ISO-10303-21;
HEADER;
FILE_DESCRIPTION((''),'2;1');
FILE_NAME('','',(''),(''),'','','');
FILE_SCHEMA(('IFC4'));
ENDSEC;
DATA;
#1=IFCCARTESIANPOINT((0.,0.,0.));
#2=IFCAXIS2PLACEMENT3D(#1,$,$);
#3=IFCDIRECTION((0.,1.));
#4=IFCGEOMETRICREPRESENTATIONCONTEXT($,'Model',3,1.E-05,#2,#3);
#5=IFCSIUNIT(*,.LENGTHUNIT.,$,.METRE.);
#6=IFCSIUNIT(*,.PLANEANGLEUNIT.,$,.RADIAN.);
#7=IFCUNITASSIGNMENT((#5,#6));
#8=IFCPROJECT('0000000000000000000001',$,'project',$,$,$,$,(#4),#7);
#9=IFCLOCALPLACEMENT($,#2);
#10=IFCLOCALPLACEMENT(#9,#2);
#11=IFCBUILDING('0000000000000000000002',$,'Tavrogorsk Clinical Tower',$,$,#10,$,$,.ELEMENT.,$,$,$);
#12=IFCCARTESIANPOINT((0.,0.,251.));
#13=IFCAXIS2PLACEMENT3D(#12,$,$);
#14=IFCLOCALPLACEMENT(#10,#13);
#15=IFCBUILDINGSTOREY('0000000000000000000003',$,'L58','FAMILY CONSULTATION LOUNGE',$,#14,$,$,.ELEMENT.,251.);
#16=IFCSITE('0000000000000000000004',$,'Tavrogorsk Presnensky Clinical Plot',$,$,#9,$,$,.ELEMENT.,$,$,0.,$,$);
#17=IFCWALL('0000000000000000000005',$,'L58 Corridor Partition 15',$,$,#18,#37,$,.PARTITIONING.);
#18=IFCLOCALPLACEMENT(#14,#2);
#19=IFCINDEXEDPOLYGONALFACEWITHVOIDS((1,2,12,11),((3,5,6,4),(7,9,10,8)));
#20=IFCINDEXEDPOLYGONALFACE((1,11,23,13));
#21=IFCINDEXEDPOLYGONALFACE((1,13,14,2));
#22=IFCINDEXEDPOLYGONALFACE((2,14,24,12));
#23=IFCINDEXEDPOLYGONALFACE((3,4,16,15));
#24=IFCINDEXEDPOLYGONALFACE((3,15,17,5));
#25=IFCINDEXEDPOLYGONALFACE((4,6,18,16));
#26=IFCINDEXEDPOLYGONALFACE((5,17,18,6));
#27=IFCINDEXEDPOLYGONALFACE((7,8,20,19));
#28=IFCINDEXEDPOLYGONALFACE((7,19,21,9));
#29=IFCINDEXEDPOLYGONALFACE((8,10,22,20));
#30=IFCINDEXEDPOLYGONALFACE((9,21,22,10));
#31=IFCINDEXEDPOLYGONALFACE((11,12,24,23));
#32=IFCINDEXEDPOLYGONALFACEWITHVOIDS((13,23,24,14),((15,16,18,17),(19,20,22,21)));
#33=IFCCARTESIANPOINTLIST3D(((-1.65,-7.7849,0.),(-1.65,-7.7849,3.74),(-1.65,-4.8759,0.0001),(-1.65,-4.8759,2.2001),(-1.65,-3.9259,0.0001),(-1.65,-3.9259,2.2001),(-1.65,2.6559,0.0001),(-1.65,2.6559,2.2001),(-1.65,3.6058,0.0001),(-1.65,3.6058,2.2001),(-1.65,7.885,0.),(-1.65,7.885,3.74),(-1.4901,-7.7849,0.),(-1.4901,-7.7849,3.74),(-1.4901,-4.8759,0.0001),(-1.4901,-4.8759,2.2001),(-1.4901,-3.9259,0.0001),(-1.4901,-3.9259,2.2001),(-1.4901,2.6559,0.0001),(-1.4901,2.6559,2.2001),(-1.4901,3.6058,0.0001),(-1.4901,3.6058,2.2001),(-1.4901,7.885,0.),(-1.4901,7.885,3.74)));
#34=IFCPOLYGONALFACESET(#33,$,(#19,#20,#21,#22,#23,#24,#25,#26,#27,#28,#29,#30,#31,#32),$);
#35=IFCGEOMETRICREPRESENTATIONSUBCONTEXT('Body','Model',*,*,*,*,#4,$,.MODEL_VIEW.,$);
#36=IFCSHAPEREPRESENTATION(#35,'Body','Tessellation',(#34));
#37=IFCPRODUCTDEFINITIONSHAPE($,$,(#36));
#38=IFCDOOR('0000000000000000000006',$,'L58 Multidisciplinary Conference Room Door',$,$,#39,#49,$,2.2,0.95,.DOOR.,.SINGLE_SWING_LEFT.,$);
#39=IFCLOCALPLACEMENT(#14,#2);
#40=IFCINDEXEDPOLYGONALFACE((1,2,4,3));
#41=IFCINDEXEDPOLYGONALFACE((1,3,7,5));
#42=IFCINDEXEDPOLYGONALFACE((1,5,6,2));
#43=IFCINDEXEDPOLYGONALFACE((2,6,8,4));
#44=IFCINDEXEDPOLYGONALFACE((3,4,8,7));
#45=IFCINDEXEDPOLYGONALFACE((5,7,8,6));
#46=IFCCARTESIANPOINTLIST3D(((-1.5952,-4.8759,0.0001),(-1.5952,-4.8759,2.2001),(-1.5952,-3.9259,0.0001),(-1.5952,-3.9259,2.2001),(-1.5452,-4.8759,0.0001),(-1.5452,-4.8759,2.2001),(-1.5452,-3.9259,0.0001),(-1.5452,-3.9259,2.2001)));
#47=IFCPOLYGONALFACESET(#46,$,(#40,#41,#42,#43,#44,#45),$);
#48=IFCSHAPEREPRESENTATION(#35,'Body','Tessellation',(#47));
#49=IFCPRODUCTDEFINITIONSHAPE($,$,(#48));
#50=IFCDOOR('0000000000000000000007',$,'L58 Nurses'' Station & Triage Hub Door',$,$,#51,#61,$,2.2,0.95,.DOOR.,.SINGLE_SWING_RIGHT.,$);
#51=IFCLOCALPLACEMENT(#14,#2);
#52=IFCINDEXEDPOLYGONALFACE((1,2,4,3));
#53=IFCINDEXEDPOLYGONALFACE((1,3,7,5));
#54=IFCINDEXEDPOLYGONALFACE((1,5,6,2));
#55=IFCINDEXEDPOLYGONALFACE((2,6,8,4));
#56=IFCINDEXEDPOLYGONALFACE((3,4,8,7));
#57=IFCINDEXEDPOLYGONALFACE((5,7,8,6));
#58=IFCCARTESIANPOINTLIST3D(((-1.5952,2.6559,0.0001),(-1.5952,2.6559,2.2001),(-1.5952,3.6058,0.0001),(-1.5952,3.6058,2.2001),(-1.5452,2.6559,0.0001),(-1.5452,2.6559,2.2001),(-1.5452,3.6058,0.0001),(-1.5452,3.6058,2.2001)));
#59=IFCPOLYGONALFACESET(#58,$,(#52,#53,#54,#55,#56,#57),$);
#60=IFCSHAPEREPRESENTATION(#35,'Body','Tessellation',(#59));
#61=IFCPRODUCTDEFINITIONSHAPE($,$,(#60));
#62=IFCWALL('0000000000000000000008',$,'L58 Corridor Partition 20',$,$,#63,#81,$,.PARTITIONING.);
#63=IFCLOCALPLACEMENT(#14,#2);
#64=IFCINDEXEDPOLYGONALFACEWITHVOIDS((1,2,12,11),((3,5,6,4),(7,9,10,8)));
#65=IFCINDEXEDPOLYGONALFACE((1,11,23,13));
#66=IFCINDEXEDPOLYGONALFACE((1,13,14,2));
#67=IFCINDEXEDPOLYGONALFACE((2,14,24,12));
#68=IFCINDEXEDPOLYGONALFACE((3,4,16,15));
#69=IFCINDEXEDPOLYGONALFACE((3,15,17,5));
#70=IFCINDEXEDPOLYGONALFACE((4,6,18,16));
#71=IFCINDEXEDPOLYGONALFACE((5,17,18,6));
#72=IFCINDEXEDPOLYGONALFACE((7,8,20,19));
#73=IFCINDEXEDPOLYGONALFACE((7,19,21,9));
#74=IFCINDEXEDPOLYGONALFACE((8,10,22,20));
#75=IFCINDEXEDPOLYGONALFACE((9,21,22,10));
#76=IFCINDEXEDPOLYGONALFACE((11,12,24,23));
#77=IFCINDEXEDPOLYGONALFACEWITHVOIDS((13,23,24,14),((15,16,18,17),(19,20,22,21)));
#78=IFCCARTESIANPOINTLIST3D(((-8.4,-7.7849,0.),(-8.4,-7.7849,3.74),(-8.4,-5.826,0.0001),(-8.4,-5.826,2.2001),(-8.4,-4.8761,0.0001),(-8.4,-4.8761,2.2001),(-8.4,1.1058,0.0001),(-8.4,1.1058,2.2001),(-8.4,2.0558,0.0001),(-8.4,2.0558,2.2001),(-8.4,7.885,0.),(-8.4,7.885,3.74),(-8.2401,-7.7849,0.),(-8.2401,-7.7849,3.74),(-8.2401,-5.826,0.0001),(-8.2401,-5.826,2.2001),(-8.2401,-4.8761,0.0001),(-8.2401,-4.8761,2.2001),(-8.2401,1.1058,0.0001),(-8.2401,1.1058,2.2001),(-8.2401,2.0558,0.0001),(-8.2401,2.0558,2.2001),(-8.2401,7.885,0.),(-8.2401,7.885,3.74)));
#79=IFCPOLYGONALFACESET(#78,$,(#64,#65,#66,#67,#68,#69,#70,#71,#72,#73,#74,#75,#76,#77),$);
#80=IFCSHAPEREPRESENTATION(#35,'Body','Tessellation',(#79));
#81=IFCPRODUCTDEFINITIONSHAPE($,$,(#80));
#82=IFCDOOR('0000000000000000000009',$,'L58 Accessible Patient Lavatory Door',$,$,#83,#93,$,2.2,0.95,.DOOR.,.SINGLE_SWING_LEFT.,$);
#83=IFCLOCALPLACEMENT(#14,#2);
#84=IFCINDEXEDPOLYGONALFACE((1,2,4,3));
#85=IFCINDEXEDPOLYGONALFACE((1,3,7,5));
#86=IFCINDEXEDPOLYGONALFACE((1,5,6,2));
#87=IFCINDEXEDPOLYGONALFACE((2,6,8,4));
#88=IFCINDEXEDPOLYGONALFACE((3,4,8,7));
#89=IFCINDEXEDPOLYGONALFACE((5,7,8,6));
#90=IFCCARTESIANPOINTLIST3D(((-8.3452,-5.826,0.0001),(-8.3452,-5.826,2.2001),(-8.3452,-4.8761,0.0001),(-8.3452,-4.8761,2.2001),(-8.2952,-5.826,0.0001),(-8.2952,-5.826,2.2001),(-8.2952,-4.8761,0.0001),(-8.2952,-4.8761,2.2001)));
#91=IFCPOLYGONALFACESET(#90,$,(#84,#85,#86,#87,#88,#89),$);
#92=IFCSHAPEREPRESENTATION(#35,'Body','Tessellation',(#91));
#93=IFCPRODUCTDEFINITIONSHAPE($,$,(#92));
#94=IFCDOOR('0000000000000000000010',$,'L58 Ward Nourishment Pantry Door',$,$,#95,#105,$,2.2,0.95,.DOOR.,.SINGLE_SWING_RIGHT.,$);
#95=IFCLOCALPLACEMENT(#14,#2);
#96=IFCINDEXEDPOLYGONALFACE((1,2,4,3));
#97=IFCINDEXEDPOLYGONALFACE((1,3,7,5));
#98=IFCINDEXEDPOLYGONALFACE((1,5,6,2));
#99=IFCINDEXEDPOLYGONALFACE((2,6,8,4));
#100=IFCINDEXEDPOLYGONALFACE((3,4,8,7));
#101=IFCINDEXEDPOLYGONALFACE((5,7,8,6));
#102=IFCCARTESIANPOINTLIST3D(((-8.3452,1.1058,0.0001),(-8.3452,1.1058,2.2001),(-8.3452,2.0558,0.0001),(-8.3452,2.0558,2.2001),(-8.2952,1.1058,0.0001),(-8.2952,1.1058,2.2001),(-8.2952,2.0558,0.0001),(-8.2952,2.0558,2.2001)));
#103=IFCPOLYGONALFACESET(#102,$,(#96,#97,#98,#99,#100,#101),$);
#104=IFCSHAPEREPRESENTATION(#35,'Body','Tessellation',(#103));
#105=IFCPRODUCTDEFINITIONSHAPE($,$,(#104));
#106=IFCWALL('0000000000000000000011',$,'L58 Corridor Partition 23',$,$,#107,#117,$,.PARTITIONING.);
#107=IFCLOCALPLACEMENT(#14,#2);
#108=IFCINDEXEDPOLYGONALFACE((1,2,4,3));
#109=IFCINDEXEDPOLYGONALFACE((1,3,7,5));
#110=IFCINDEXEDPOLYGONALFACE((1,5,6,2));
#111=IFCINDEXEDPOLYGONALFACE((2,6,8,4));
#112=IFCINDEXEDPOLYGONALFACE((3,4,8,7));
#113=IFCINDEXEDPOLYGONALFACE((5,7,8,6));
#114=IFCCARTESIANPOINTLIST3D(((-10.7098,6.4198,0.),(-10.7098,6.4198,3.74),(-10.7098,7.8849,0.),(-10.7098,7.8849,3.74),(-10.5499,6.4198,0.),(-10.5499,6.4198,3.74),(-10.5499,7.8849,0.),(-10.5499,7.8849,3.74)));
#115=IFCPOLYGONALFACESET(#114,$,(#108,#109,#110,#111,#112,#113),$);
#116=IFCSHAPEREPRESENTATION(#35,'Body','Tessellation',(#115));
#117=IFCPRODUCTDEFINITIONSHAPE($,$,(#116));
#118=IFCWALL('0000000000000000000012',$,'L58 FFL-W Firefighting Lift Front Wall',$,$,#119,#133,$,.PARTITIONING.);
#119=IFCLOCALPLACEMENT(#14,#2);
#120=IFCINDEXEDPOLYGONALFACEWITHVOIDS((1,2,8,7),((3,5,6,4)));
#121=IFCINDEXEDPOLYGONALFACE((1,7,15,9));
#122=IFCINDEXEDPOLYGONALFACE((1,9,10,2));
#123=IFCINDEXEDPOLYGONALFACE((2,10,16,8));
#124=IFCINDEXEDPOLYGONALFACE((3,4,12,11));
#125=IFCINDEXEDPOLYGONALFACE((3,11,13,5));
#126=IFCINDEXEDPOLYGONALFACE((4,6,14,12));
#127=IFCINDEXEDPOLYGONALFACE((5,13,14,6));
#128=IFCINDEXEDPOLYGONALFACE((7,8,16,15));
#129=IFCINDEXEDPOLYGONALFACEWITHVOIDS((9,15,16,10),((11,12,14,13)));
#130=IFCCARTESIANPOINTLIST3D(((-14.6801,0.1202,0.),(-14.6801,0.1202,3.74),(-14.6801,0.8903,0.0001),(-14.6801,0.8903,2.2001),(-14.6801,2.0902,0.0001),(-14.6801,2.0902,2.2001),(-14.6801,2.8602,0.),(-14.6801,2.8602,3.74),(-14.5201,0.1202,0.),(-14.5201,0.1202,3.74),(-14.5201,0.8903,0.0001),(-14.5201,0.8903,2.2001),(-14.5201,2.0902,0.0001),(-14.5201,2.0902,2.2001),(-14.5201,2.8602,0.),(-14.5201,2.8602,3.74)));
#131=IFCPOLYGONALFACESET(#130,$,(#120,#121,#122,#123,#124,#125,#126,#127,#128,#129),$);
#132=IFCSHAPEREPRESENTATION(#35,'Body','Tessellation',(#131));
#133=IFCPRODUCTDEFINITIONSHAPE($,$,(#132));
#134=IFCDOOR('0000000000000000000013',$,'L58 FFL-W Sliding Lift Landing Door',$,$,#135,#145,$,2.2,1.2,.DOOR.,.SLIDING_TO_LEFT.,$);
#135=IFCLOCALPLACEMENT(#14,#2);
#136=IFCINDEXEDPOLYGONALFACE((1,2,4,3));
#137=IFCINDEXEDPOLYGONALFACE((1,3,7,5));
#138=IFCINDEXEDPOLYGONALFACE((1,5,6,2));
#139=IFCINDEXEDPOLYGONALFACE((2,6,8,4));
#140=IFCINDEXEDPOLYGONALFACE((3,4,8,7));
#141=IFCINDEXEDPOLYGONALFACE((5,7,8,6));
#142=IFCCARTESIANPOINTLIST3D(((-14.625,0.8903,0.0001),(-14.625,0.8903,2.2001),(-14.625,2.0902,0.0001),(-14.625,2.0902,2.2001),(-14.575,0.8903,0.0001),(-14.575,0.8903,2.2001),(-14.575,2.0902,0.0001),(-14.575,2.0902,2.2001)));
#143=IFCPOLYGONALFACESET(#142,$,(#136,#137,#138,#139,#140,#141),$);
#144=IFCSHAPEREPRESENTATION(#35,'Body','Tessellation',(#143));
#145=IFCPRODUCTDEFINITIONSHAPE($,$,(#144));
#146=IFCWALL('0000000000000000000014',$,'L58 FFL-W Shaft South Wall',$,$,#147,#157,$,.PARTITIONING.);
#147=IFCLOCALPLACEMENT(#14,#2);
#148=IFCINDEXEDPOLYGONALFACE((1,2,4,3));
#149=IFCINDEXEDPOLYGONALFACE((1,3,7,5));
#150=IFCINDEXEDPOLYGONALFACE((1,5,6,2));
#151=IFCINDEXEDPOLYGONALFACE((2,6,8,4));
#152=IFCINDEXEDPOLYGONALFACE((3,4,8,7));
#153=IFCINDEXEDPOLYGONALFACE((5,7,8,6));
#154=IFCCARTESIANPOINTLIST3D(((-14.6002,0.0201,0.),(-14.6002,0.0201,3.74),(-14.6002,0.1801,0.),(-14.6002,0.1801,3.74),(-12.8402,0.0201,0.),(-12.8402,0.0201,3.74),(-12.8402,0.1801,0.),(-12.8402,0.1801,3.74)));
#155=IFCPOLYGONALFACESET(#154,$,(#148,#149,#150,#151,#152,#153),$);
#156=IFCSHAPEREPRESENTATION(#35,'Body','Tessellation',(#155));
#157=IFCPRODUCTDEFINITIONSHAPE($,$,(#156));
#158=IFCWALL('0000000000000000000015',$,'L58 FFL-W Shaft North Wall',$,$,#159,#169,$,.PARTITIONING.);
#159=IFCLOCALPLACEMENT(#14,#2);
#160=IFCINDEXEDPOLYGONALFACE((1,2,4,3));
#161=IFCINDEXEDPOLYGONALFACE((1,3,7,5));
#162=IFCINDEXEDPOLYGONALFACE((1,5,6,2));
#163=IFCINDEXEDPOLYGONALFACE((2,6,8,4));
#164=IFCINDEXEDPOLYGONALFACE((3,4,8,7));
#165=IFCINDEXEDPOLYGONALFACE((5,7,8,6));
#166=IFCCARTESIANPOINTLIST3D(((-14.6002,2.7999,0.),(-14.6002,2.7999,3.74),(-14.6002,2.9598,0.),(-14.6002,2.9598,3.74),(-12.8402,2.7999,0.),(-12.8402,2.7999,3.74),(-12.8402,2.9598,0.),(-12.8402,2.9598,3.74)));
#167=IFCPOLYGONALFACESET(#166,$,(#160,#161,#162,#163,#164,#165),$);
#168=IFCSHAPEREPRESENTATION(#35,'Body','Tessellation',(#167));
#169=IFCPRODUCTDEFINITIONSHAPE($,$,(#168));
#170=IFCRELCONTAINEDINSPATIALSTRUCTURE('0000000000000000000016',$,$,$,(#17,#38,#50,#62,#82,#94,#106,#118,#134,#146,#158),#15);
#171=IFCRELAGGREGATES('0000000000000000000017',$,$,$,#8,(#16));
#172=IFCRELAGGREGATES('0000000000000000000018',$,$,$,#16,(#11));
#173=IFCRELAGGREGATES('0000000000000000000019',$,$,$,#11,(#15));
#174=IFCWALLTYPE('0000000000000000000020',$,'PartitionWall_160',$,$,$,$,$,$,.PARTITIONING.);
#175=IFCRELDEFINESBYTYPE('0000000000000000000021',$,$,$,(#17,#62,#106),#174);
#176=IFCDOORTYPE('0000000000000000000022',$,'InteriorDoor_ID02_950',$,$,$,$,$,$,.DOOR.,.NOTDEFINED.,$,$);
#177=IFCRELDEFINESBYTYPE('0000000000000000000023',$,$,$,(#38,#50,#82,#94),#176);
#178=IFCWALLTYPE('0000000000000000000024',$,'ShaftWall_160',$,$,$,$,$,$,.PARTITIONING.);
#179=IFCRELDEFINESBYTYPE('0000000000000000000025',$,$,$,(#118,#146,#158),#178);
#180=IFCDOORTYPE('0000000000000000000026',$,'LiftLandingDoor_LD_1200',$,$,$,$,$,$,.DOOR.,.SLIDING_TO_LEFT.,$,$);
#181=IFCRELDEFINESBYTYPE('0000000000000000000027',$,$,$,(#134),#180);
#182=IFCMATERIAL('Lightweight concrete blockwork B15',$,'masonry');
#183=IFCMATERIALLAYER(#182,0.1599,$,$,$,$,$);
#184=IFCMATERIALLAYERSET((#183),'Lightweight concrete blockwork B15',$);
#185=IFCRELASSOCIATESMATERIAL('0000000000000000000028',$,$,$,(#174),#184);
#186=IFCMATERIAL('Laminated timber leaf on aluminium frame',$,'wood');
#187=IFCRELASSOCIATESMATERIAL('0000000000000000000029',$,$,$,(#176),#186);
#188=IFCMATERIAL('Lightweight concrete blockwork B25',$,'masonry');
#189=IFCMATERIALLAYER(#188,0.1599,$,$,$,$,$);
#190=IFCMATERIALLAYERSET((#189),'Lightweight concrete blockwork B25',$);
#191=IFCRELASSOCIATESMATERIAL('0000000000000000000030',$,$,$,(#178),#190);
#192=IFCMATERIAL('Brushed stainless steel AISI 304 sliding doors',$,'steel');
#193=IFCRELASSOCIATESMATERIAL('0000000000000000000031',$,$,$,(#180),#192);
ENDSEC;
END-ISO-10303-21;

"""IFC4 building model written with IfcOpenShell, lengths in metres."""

from ifc_helpers import new_model, si_unit, direction, frame, frame_2d, origin, place, context, subcontext, project, spatial, rectangle, extrude, material, layer, layer_set, type_object, element, fill, save


model = new_model("IFC4")

# Units and contexts
model_context = context("Model", 3, precision=1e-05, world=origin(), true_north=direction((0.0, 1.0)))
body_context = subcontext(model_context, "Body", "Model", "MODEL_VIEW")
ifc_project = project(units=[si_unit("LENGTHUNIT", "METRE"), si_unit("PLANEANGLEUNIT", "RADIAN")], contexts=[model_context])

# Site, building, storey
site_placement = place(None, origin())
site = spatial("IfcSite", under=ifc_project, at=site_placement, Name="Tavrogorsk Presnensky Clinical Plot", CompositionType="ELEMENT", RefElevation=0.0)
building_placement = place(site_placement, origin())
building = spatial("IfcBuilding", under=site, at=building_placement, Name="Tavrogorsk Clinical Tower", CompositionType="ELEMENT")
storey_placement = place(building_placement, frame((0.0, 0.0, 251.0)))
storey = spatial("IfcBuildingStorey", under=building, at=storey_placement, Name="L58", Description="FAMILY CONSULTATION LOUNGE", CompositionType="ELEMENT", Elevation=251.0)

# Shared definitions
ifc_material_1 = material(Name="Lightweight concrete blockwork B15", Category="masonry")
ifc_layer_1 = layer(ifc_material_1, 0.1599)
ifc_layer_set_1 = layer_set([ifc_layer_1], Name="Lightweight concrete blockwork B15")
wall_type_1 = type_object("IfcWallType", Name="PartitionWall_160", PredefinedType="PARTITIONING", material=ifc_layer_set_1)
ifc_material_2 = material(Name="Laminated timber leaf on aluminium frame", Category="wood")
door_type_1 = type_object("IfcDoorType", Name="InteriorDoor_ID02_950", OperationType="NOTDEFINED", PredefinedType="DOOR", material=ifc_material_2)

# Walls, openings, doors
wall_1_placement = place(storey_placement, frame((-1.5701, 7.885, 0.0), z_axis=(0.0, 0.0, 1.0), x_axis=(0.0, -1.0, 0.0)))
wall_1 = element("IfcWall", 1, at=wall_1_placement, inside=storey, type_object=wall_type_1, Name="L58 Corridor Partition 15", PredefinedType="PARTITIONING", context=body_context, shape_type="SweptSolid", body=[
    extrude(rectangle(XDim=15.6699, YDim=0.1599, at=frame_2d((7.835, 0.0))), origin(), (0.0, 0.0, 1.0), 3.74),
])
opening_1_placement = place(wall_1_placement, frame((11.8108, 0.0, 0.0)))
opening_1 = element("IfcOpeningElement", 2, at=opening_1_placement, cuts=wall_1, PredefinedType="OPENING", context=body_context, shape_type="SweptSolid", body=[
    extrude(rectangle(XDim=0.95, YDim=2.2, at=frame_2d((0.4751, 1.1001))), frame((0.0, 0.0898, 0.0), z_axis=(0.0, -1.0, 0.0), x_axis=(1.0, 0.0, 0.0)), (0.0, 0.0, 1.0), 0.1799),
])
opening_2_placement = place(wall_1_placement, frame((4.2791, 0.0, 0.0)))
opening_2 = element("IfcOpeningElement", 3, at=opening_2_placement, cuts=wall_1, PredefinedType="OPENING", context=body_context, shape_type="SweptSolid", body=[
    extrude(rectangle(XDim=0.95, YDim=2.2, at=frame_2d((0.4751, 1.1001))), frame((0.0, 0.0898, 0.0), z_axis=(0.0, -1.0, 0.0), x_axis=(1.0, 0.0, 0.0)), (0.0, 0.0, 1.0), 0.1799),
])
door_1_placement = place(opening_1_placement, origin())
door_1 = element("IfcDoor", 4, at=door_1_placement, inside=storey, type_object=door_type_1, Name="L58 Multidisciplinary Conference Room Door", OperationType="SINGLE_SWING_LEFT", OverallHeight=2.2, OverallWidth=0.95, PredefinedType="DOOR", context=body_context, shape_type="SweptSolid", body=[
    extrude(rectangle(XDim=0.95, YDim=2.2, at=frame_2d((0.4751, 1.1001))), frame((0.0, 0.0249, 0.0), z_axis=(0.0, -1.0, 0.0), x_axis=(1.0, 0.0, 0.0)), (0.0, 0.0, 1.0), 0.05),
])
fill(opening_1, door_1)
door_2_placement = place(opening_2_placement, origin())
door_2 = element("IfcDoor", 5, at=door_2_placement, inside=storey, type_object=door_type_1, Name="L58 Nurses' Station & Triage Hub Door", OperationType="SINGLE_SWING_RIGHT", OverallHeight=2.2, OverallWidth=0.95, PredefinedType="DOOR", context=body_context, shape_type="SweptSolid", body=[
    extrude(rectangle(XDim=0.95, YDim=2.2, at=frame_2d((0.4751, 1.1001))), frame((0.0, 0.0249, 0.0), z_axis=(0.0, -1.0, 0.0), x_axis=(1.0, 0.0, 0.0)), (0.0, 0.0, 1.0), 0.05),
])
fill(opening_2, door_2)
wall_2_placement = place(storey_placement, frame((-8.3201, 7.885, 0.0), z_axis=(0.0, 0.0, 1.0), x_axis=(0.0, -1.0, 0.0)))
wall_2 = element("IfcWall", 6, at=wall_2_placement, inside=storey, type_object=wall_type_1, Name="L58 Corridor Partition 20", PredefinedType="PARTITIONING", context=body_context, shape_type="SweptSolid", body=[
    extrude(rectangle(XDim=15.6699, YDim=0.1599, at=frame_2d((7.835, 0.0))), origin(), (0.0, 0.0, 1.0), 3.74),
])
opening_3_placement = place(wall_2_placement, frame((12.761, 0.0, 0.0)))
opening_3 = element("IfcOpeningElement", 7, at=opening_3_placement, cuts=wall_2, PredefinedType="OPENING", context=body_context, shape_type="SweptSolid", body=[
    extrude(rectangle(XDim=0.95, YDim=2.2, at=frame_2d((0.4751, 1.1001))), frame((0.0, 0.0898, 0.0), z_axis=(0.0, -1.0, 0.0), x_axis=(1.0, 0.0, 0.0)), (0.0, 0.0, 1.0), 0.1799),
])
opening_4_placement = place(wall_2_placement, frame((5.8291, 0.0, 0.0)))
opening_4 = element("IfcOpeningElement", 8, at=opening_4_placement, cuts=wall_2, PredefinedType="OPENING", context=body_context, shape_type="SweptSolid", body=[
    extrude(rectangle(XDim=0.95, YDim=2.2, at=frame_2d((0.4751, 1.1001))), frame((0.0, 0.0898, 0.0), z_axis=(0.0, -1.0, 0.0), x_axis=(1.0, 0.0, 0.0)), (0.0, 0.0, 1.0), 0.1799),
])
door_3_placement = place(opening_3_placement, origin())
door_3 = element("IfcDoor", 9, at=door_3_placement, inside=storey, type_object=door_type_1, Name="L58 Accessible Patient Lavatory Door", OperationType="SINGLE_SWING_LEFT", OverallHeight=2.2, OverallWidth=0.95, PredefinedType="DOOR", context=body_context, shape_type="SweptSolid", body=[
    extrude(rectangle(XDim=0.95, YDim=2.2, at=frame_2d((0.4751, 1.1001))), frame((0.0, 0.0249, 0.0), z_axis=(0.0, -1.0, 0.0), x_axis=(1.0, 0.0, 0.0)), (0.0, 0.0, 1.0), 0.05),
])
fill(opening_3, door_3)
door_4_placement = place(opening_4_placement, origin())
door_4 = element("IfcDoor", 10, at=door_4_placement, inside=storey, type_object=door_type_1, Name="L58 Ward Nourishment Pantry Door", OperationType="SINGLE_SWING_RIGHT", OverallHeight=2.2, OverallWidth=0.95, PredefinedType="DOOR", context=body_context, shape_type="SweptSolid", body=[
    extrude(rectangle(XDim=0.95, YDim=2.2, at=frame_2d((0.4751, 1.1001))), frame((0.0, 0.0249, 0.0), z_axis=(0.0, -1.0, 0.0), x_axis=(1.0, 0.0, 0.0)), (0.0, 0.0, 1.0), 0.05),
])
fill(opening_4, door_4)

# Wall
wall_3_placement = place(storey_placement, frame((-10.6299, 6.4199, 0.0), z_axis=(0.0, 0.0, 1.0), x_axis=(0.0, 1.0, 0.0)))
element("IfcWall", 11, at=wall_3_placement, inside=storey, type_object=wall_type_1, Name="L58 Corridor Partition 23", PredefinedType="PARTITIONING", context=body_context, shape_type="SweptSolid", body=[
    extrude(rectangle(XDim=1.4651, YDim=0.1599, at=frame_2d((0.7324, 0.0))), origin(), (0.0, 0.0, 1.0), 3.74),
])

# Wall, opening, door
ifc_material_3 = material(Name="Lightweight concrete blockwork B25", Category="masonry")
ifc_layer_2 = layer(ifc_material_3, 0.1599)
ifc_layer_set_2 = layer_set([ifc_layer_2], Name="Lightweight concrete blockwork B25")
wall_type_2 = type_object("IfcWallType", Name="ShaftWall_160", PredefinedType="PARTITIONING", material=ifc_layer_set_2)
wall_4_placement = place(storey_placement, frame((-14.6001, 0.1201, 0.0), z_axis=(0.0, 0.0, 1.0), x_axis=(0.0, 1.0, 0.0)))
wall_4 = element("IfcWall", 12, at=wall_4_placement, inside=storey, type_object=wall_type_2, Name="L58 FFL-W Firefighting Lift Front Wall", PredefinedType="PARTITIONING", context=body_context, shape_type="SweptSolid", body=[
    extrude(rectangle(XDim=2.74, YDim=0.1599, at=frame_2d((1.3701, 0.0))), origin(), (0.0, 0.0, 1.0), 3.74),
])
opening_5_placement = place(wall_4_placement, frame((0.77, 0.0, 0.0)))
opening_5 = element("IfcOpeningElement", 13, at=opening_5_placement, cuts=wall_4, PredefinedType="OPENING", context=body_context, shape_type="SweptSolid", body=[
    extrude(rectangle(XDim=1.2, YDim=2.2, at=frame_2d((0.6001, 1.1001))), frame((0.0, 0.0898, 0.0), z_axis=(0.0, -1.0, 0.0), x_axis=(1.0, 0.0, 0.0)), (0.0, 0.0, 1.0), 0.1799),
])
ifc_material_4 = material(Name="Brushed stainless steel AISI 304 sliding doors", Category="steel")
door_type_2 = type_object("IfcDoorType", Name="LiftLandingDoor_LD_1200", OperationType="SLIDING_TO_LEFT", PredefinedType="DOOR", material=ifc_material_4)
door_5_placement = place(opening_5_placement, origin())
door_5 = element("IfcDoor", 14, at=door_5_placement, inside=storey, type_object=door_type_2, Name="L58 FFL-W Sliding Lift Landing Door", OperationType="SLIDING_TO_LEFT", OverallHeight=2.2, OverallWidth=1.2, PredefinedType="DOOR", context=body_context, shape_type="SweptSolid", body=[
    extrude(rectangle(XDim=1.2, YDim=2.2, at=frame_2d((0.6001, 1.1001))), frame((0.0, 0.0249, 0.0), z_axis=(0.0, -1.0, 0.0), x_axis=(1.0, 0.0, 0.0)), (0.0, 0.0, 1.0), 0.05),
])
fill(opening_5, door_5)

# Walls
for number, where, z_axis, x_axis, name in (
    (15, (-14.6001, 0.1001, 0.0), (0.0, 0.0, 1.0), (1.0, 0.0, 0.0), "L58 FFL-W Shaft South Wall"),
    (16, (-14.6001, 2.8799, 0.0), (0.0, 0.0, 1.0), (1.0, 0.0, 0.0), "L58 FFL-W Shaft North Wall"),
):
    element("IfcWall", number, at=place(storey_placement, frame(where, z_axis=z_axis, x_axis=x_axis)), inside=storey, type_object=wall_type_2, Name=name, PredefinedType="PARTITIONING", context=body_context, shape_type="SweptSolid", body=[
        extrude(rectangle(XDim=1.76, YDim=0.1599, at=frame_2d((0.8799, 0.0))), origin(), (0.0, 0.0, 1.0), 3.74),
    ])

save(model, "model.ifc")
